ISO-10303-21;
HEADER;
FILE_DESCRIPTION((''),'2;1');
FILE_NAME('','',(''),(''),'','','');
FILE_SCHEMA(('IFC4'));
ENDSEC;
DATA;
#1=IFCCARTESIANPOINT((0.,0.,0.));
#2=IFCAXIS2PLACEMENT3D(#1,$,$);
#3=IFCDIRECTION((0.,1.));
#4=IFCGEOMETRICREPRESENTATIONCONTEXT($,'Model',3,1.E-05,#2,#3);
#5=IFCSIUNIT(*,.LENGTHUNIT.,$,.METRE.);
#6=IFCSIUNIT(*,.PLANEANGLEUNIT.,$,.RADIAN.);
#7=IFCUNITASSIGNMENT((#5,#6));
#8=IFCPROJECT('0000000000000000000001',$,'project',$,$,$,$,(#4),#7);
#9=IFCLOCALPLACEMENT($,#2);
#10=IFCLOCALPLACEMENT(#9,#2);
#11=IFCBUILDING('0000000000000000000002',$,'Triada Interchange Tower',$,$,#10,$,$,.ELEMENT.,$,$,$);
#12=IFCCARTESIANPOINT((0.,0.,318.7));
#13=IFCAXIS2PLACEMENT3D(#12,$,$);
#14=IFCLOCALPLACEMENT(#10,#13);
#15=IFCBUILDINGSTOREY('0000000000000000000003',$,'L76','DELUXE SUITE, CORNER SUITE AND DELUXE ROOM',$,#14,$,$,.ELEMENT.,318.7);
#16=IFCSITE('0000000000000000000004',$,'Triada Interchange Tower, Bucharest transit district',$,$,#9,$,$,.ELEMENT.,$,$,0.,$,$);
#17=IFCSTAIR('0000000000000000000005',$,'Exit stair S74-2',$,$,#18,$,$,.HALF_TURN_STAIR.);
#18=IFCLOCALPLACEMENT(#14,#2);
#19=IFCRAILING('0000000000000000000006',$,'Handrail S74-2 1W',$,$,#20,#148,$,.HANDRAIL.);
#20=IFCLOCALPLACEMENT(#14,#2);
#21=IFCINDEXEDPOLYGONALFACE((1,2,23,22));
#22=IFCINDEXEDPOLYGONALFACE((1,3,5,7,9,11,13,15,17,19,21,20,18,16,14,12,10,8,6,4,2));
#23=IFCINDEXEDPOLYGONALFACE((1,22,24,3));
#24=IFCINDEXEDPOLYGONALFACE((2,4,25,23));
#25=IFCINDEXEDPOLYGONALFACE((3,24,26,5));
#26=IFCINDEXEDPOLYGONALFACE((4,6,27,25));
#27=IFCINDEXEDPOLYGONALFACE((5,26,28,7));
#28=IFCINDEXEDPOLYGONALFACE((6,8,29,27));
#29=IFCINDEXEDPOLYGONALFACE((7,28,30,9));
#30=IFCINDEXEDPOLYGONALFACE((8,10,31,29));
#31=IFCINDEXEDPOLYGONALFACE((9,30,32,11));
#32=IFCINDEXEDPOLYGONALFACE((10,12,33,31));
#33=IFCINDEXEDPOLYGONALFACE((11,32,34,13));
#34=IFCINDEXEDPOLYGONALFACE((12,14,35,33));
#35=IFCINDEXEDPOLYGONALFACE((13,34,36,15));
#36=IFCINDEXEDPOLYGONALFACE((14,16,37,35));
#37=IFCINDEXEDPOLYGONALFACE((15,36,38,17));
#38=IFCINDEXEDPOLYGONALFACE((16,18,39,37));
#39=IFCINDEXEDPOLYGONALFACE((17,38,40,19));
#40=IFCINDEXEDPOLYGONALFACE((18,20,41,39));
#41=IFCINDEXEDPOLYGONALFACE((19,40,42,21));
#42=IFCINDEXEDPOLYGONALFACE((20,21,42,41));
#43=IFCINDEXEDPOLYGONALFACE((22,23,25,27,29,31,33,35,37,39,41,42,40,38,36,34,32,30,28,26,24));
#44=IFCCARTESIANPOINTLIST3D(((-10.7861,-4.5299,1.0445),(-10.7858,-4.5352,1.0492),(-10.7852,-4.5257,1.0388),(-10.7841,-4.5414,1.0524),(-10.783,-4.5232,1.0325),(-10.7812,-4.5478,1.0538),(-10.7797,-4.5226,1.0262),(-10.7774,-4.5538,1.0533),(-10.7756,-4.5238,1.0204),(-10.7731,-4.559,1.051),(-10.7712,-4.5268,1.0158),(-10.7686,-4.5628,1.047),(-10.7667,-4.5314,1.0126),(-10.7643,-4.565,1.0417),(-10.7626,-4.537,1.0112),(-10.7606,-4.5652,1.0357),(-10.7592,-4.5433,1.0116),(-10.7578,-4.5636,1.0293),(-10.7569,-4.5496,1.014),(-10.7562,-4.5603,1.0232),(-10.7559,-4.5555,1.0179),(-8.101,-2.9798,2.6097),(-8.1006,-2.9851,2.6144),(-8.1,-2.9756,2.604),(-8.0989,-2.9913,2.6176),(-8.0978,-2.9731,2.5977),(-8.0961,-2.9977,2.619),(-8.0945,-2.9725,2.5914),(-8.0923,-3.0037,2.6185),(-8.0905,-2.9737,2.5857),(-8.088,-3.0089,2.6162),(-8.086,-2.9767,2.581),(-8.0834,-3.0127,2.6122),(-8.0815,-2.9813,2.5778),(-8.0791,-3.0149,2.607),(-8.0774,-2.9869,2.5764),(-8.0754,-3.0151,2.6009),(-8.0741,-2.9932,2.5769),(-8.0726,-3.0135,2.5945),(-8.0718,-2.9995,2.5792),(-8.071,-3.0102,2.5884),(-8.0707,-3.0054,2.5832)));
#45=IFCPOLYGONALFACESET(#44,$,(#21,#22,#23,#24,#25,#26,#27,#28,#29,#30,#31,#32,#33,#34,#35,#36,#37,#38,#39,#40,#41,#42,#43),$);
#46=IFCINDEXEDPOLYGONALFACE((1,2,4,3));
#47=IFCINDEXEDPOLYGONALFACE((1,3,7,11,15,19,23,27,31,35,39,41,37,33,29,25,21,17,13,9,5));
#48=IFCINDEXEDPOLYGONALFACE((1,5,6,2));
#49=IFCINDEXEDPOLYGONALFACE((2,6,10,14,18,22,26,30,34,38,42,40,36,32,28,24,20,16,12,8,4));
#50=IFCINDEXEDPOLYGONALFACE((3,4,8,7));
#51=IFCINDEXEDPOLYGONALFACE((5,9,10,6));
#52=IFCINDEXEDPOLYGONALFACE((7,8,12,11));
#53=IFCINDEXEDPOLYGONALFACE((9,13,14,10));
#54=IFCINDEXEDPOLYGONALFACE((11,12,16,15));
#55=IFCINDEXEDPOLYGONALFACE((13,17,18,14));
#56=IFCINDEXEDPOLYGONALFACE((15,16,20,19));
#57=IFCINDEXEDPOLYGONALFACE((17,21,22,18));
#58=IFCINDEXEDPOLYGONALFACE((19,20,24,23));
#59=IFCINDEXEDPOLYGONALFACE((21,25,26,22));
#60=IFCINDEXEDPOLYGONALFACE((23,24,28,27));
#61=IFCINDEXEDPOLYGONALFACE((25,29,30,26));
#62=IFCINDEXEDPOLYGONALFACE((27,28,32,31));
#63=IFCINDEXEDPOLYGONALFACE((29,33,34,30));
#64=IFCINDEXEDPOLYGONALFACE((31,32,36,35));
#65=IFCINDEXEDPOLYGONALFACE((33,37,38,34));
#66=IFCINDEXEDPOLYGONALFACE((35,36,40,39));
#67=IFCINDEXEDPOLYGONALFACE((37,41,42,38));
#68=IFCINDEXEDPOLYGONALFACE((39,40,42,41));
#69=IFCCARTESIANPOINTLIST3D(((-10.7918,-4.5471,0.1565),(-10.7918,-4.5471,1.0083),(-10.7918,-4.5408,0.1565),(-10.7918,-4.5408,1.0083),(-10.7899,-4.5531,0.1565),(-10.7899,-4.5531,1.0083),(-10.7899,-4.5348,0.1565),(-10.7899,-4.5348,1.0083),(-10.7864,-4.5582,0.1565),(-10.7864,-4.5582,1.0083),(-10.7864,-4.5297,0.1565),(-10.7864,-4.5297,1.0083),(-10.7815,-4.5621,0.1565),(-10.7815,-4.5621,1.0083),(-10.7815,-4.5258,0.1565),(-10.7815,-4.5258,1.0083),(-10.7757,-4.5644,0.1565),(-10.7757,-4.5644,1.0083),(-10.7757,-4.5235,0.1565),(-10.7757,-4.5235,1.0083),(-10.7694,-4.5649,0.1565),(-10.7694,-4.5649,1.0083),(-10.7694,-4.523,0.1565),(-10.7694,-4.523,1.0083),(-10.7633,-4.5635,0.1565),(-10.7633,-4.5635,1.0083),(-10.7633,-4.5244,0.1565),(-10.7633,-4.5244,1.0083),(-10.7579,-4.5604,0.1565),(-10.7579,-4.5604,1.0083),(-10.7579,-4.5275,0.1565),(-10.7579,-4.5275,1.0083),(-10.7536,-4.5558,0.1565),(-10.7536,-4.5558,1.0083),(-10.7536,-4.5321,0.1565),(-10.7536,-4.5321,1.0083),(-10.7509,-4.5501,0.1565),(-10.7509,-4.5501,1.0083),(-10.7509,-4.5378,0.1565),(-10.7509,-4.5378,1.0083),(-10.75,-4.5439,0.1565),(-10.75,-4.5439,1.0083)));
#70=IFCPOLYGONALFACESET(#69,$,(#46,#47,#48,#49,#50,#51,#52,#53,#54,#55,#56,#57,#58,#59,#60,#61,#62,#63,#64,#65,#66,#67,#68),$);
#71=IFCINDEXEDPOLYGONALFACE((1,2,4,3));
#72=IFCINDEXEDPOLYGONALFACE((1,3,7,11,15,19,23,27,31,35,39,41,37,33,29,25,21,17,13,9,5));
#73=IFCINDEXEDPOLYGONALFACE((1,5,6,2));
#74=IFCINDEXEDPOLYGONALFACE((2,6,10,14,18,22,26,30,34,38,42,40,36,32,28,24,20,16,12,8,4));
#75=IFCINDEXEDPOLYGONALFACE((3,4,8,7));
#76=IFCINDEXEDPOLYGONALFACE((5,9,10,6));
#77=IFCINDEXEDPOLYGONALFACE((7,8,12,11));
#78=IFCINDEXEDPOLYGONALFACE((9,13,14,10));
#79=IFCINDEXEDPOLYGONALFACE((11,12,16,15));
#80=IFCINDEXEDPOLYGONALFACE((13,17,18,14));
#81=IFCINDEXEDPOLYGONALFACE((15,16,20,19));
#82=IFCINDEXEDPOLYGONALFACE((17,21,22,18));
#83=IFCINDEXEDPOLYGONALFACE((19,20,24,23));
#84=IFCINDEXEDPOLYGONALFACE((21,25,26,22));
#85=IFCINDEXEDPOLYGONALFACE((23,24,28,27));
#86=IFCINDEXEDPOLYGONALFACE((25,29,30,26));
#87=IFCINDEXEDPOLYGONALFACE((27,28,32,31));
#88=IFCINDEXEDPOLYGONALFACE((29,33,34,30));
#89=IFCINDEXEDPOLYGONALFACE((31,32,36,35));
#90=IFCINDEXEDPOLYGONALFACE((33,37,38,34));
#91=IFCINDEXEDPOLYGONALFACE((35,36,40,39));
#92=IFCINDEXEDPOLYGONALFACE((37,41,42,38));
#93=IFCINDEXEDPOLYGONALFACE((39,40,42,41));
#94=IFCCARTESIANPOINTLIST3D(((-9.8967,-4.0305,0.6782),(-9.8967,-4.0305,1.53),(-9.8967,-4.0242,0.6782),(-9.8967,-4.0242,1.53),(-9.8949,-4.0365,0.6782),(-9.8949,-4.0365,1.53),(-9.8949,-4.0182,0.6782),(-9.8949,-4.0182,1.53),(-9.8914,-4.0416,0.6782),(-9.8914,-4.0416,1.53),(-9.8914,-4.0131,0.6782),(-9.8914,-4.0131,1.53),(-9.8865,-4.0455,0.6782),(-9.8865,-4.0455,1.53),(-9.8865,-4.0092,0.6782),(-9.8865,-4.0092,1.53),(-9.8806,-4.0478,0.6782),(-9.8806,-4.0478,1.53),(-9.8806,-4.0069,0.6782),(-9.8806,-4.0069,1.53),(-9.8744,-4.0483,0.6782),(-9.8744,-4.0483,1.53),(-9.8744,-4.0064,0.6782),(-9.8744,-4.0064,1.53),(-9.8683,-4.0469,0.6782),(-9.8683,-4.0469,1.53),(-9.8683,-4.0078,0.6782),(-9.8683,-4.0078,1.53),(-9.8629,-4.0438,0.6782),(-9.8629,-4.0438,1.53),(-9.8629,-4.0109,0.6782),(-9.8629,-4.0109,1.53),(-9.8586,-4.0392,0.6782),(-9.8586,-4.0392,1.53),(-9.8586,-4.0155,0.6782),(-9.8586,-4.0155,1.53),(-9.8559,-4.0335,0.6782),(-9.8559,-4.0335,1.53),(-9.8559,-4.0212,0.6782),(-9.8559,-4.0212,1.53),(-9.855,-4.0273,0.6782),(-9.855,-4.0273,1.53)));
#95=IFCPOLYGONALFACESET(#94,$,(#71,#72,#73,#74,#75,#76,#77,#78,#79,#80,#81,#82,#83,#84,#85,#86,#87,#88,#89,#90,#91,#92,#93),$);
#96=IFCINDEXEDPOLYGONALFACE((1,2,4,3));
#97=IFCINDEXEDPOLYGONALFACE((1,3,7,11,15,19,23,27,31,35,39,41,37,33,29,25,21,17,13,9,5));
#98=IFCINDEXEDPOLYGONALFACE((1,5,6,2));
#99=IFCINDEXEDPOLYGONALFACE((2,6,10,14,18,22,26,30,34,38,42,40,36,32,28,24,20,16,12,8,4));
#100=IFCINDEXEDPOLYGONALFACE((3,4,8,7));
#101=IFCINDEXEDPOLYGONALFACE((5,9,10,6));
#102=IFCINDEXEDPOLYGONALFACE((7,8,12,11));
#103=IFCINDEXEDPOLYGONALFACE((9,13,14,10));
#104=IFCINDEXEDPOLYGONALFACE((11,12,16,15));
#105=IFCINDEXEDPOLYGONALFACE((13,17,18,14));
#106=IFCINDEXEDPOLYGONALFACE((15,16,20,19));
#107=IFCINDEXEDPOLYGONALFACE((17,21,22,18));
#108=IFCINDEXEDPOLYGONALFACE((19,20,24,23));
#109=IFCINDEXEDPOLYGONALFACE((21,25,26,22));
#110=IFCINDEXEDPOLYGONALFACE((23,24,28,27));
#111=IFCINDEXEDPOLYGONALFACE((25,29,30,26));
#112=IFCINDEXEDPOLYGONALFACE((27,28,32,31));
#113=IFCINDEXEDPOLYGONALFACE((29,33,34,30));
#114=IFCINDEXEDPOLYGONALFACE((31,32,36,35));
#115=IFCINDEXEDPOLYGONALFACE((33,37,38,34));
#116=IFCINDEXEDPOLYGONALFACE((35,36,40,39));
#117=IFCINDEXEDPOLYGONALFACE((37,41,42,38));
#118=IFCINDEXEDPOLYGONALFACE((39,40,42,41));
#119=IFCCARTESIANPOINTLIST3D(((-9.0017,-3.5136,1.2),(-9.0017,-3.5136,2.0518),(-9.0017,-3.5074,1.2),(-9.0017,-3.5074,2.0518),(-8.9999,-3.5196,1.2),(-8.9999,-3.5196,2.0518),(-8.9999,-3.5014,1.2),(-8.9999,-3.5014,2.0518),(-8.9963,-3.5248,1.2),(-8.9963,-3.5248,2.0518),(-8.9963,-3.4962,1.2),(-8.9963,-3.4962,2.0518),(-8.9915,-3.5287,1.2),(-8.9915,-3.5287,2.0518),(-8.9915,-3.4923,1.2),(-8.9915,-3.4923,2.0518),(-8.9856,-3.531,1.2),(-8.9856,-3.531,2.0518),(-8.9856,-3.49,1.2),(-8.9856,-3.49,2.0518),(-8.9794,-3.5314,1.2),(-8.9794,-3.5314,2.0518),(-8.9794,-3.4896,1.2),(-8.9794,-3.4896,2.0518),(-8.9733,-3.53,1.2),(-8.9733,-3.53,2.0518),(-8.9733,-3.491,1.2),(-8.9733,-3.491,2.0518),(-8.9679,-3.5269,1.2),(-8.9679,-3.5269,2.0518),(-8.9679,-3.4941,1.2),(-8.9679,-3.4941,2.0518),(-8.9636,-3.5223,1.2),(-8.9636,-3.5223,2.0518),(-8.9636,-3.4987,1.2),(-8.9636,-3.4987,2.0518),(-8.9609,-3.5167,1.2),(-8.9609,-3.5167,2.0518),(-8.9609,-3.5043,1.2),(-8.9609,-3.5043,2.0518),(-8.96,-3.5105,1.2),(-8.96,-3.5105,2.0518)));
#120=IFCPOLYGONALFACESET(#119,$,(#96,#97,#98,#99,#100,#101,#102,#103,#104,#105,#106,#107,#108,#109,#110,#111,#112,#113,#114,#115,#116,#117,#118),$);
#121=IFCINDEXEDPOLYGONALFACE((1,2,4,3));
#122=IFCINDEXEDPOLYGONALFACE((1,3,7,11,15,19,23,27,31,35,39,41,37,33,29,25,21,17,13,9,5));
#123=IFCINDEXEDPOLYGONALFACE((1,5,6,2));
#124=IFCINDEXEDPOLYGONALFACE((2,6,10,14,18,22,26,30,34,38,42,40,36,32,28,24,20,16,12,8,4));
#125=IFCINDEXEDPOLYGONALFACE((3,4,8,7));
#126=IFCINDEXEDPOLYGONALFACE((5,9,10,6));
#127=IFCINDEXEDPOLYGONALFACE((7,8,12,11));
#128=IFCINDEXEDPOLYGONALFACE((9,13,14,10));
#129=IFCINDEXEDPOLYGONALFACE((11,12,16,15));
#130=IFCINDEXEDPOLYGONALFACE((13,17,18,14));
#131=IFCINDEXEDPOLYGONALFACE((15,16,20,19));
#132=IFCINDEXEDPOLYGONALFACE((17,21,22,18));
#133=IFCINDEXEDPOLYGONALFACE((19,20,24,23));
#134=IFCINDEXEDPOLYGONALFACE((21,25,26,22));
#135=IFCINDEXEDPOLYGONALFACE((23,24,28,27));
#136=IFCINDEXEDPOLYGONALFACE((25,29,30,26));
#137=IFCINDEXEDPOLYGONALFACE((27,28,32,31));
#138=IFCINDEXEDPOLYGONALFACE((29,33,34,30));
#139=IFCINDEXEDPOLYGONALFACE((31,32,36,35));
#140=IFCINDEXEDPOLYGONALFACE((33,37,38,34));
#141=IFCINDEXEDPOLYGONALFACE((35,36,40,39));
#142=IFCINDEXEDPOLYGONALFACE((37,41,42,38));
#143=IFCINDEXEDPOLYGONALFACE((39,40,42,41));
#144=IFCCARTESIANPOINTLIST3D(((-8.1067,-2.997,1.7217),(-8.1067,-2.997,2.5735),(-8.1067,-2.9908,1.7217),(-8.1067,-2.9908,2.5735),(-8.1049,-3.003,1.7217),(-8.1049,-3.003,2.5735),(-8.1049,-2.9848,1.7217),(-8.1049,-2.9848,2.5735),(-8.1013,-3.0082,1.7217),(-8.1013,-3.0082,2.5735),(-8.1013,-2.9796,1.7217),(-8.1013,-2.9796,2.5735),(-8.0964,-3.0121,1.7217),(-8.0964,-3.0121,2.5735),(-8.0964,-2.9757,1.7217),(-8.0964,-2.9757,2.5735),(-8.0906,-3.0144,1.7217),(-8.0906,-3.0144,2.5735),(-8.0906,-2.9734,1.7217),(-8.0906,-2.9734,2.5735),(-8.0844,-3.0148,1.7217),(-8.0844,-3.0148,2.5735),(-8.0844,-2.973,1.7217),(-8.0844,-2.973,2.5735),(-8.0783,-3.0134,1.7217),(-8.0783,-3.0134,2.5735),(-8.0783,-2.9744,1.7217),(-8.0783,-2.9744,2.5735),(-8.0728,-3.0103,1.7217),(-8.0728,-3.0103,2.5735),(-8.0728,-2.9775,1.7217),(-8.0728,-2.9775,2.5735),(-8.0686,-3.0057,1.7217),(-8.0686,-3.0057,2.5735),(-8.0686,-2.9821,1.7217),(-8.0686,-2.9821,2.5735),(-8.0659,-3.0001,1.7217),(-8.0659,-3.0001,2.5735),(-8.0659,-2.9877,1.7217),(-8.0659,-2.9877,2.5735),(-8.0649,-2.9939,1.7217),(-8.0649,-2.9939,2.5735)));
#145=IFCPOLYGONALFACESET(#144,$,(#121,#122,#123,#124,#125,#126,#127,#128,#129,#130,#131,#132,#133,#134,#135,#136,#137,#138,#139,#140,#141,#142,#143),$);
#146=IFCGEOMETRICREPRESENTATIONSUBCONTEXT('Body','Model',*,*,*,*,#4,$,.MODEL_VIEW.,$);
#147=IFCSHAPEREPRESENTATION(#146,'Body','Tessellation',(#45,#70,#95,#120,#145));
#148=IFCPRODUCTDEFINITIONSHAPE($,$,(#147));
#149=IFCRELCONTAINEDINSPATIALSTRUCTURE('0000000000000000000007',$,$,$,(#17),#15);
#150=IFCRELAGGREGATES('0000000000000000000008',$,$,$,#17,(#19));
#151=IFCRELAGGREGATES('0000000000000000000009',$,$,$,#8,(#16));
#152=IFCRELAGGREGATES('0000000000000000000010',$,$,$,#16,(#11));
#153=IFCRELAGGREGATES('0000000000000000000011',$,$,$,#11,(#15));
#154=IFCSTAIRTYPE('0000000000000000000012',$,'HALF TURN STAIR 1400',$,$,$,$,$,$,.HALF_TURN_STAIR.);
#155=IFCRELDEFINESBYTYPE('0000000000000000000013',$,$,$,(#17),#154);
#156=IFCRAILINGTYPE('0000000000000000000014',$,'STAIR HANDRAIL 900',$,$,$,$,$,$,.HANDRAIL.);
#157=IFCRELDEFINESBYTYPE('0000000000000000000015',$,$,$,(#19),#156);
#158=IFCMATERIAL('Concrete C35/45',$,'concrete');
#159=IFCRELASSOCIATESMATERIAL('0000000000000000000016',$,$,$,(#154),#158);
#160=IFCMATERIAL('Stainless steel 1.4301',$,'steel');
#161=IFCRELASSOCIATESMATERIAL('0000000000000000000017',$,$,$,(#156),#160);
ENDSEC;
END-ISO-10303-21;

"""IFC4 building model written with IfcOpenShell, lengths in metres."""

from ifc_helpers import new_model, si_unit, direction, frame, origin, origin_2d, place, context, subcontext, project, spatial, circle, extrude, material, type_object, element, aggregate, save


model = new_model("IFC4")

# Units and contexts
model_context = context("Model", 3, precision=1e-05, world=origin(), true_north=direction((0.0, 1.0)))
body_context = subcontext(model_context, "Body", "Model", "MODEL_VIEW")
ifc_project = project(units=[si_unit("LENGTHUNIT", "METRE"), si_unit("PLANEANGLEUNIT", "RADIAN")], contexts=[model_context])

# Site, building, storey
site_placement = place(None, origin())
site = spatial("IfcSite", under=ifc_project, at=site_placement, Name="Triada Interchange Tower, Bucharest transit district", CompositionType="ELEMENT", RefElevation=0.0)
building_placement = place(site_placement, origin())
building = spatial("IfcBuilding", under=site, at=building_placement, Name="Triada Interchange Tower", CompositionType="ELEMENT")
storey_placement = place(building_placement, frame((0.0, 0.0, 318.7)))
storey = spatial("IfcBuildingStorey", under=building, at=storey_placement, Name="L76", Description="DELUXE SUITE, CORNER SUITE AND DELUXE ROOM", CompositionType="ELEMENT", Elevation=318.7)

# Stair, railing
ifc_material_1 = material(Name="Concrete C35/45", Category="concrete")
stair_type = type_object("IfcStairType", Name="HALF TURN STAIR 1400", PredefinedType="HALF_TURN_STAIR", material=ifc_material_1)
stair_placement = place(storey_placement, origin())
stair = element("IfcStair", 1, at=stair_placement, inside=storey, type_object=stair_type, Name="Exit stair S74-2", PredefinedType="HALF_TURN_STAIR")
ifc_material_2 = material(Name="Stainless steel 1.4301", Category="steel")
railing_type = type_object("IfcRailingType", Name="STAIR HANDRAIL 900", PredefinedType="HANDRAIL", material=ifc_material_2)
railing_1_placement = place(storey_placement, frame((-10.771, -4.5439, 0.1565)))
railing_1 = element("IfcRailing", 2, at=railing_1_placement, type_object=railing_type, Name="Handrail S74-2 1W", PredefinedType="HANDRAIL", context=body_context, shape_type="SweptSolid", body=[
    extrude(circle(Radius=0.0239, at=origin_2d()), frame((0.0, 0.0, 0.876), z_axis=(0.773115, 0.446309, 0.450667), x_axis=(-0.499959, 0.866049, 0.0)), (0.0, 0.0, 1.0), 3.4731),
    extrude(circle(Radius=0.021, at=origin_2d()), origin(), (0.0, 0.0, 1.0), 0.8518),
    extrude(circle(Radius=0.021, at=origin_2d()), frame((0.895, 0.5166, 0.5217)), (0.0, 0.0, 1.0), 0.8518),
    extrude(circle(Radius=0.021, at=origin_2d()), frame((1.79, 1.0334, 1.0435)), (0.0, 0.0, 1.0), 0.8518),
    extrude(circle(Radius=0.021, at=origin_2d()), frame((2.6851, 1.55, 1.5652)), (0.0, 0.0, 1.0), 0.8518),
])
aggregate(stair, [railing_1])

save(model, "model.ifc")
